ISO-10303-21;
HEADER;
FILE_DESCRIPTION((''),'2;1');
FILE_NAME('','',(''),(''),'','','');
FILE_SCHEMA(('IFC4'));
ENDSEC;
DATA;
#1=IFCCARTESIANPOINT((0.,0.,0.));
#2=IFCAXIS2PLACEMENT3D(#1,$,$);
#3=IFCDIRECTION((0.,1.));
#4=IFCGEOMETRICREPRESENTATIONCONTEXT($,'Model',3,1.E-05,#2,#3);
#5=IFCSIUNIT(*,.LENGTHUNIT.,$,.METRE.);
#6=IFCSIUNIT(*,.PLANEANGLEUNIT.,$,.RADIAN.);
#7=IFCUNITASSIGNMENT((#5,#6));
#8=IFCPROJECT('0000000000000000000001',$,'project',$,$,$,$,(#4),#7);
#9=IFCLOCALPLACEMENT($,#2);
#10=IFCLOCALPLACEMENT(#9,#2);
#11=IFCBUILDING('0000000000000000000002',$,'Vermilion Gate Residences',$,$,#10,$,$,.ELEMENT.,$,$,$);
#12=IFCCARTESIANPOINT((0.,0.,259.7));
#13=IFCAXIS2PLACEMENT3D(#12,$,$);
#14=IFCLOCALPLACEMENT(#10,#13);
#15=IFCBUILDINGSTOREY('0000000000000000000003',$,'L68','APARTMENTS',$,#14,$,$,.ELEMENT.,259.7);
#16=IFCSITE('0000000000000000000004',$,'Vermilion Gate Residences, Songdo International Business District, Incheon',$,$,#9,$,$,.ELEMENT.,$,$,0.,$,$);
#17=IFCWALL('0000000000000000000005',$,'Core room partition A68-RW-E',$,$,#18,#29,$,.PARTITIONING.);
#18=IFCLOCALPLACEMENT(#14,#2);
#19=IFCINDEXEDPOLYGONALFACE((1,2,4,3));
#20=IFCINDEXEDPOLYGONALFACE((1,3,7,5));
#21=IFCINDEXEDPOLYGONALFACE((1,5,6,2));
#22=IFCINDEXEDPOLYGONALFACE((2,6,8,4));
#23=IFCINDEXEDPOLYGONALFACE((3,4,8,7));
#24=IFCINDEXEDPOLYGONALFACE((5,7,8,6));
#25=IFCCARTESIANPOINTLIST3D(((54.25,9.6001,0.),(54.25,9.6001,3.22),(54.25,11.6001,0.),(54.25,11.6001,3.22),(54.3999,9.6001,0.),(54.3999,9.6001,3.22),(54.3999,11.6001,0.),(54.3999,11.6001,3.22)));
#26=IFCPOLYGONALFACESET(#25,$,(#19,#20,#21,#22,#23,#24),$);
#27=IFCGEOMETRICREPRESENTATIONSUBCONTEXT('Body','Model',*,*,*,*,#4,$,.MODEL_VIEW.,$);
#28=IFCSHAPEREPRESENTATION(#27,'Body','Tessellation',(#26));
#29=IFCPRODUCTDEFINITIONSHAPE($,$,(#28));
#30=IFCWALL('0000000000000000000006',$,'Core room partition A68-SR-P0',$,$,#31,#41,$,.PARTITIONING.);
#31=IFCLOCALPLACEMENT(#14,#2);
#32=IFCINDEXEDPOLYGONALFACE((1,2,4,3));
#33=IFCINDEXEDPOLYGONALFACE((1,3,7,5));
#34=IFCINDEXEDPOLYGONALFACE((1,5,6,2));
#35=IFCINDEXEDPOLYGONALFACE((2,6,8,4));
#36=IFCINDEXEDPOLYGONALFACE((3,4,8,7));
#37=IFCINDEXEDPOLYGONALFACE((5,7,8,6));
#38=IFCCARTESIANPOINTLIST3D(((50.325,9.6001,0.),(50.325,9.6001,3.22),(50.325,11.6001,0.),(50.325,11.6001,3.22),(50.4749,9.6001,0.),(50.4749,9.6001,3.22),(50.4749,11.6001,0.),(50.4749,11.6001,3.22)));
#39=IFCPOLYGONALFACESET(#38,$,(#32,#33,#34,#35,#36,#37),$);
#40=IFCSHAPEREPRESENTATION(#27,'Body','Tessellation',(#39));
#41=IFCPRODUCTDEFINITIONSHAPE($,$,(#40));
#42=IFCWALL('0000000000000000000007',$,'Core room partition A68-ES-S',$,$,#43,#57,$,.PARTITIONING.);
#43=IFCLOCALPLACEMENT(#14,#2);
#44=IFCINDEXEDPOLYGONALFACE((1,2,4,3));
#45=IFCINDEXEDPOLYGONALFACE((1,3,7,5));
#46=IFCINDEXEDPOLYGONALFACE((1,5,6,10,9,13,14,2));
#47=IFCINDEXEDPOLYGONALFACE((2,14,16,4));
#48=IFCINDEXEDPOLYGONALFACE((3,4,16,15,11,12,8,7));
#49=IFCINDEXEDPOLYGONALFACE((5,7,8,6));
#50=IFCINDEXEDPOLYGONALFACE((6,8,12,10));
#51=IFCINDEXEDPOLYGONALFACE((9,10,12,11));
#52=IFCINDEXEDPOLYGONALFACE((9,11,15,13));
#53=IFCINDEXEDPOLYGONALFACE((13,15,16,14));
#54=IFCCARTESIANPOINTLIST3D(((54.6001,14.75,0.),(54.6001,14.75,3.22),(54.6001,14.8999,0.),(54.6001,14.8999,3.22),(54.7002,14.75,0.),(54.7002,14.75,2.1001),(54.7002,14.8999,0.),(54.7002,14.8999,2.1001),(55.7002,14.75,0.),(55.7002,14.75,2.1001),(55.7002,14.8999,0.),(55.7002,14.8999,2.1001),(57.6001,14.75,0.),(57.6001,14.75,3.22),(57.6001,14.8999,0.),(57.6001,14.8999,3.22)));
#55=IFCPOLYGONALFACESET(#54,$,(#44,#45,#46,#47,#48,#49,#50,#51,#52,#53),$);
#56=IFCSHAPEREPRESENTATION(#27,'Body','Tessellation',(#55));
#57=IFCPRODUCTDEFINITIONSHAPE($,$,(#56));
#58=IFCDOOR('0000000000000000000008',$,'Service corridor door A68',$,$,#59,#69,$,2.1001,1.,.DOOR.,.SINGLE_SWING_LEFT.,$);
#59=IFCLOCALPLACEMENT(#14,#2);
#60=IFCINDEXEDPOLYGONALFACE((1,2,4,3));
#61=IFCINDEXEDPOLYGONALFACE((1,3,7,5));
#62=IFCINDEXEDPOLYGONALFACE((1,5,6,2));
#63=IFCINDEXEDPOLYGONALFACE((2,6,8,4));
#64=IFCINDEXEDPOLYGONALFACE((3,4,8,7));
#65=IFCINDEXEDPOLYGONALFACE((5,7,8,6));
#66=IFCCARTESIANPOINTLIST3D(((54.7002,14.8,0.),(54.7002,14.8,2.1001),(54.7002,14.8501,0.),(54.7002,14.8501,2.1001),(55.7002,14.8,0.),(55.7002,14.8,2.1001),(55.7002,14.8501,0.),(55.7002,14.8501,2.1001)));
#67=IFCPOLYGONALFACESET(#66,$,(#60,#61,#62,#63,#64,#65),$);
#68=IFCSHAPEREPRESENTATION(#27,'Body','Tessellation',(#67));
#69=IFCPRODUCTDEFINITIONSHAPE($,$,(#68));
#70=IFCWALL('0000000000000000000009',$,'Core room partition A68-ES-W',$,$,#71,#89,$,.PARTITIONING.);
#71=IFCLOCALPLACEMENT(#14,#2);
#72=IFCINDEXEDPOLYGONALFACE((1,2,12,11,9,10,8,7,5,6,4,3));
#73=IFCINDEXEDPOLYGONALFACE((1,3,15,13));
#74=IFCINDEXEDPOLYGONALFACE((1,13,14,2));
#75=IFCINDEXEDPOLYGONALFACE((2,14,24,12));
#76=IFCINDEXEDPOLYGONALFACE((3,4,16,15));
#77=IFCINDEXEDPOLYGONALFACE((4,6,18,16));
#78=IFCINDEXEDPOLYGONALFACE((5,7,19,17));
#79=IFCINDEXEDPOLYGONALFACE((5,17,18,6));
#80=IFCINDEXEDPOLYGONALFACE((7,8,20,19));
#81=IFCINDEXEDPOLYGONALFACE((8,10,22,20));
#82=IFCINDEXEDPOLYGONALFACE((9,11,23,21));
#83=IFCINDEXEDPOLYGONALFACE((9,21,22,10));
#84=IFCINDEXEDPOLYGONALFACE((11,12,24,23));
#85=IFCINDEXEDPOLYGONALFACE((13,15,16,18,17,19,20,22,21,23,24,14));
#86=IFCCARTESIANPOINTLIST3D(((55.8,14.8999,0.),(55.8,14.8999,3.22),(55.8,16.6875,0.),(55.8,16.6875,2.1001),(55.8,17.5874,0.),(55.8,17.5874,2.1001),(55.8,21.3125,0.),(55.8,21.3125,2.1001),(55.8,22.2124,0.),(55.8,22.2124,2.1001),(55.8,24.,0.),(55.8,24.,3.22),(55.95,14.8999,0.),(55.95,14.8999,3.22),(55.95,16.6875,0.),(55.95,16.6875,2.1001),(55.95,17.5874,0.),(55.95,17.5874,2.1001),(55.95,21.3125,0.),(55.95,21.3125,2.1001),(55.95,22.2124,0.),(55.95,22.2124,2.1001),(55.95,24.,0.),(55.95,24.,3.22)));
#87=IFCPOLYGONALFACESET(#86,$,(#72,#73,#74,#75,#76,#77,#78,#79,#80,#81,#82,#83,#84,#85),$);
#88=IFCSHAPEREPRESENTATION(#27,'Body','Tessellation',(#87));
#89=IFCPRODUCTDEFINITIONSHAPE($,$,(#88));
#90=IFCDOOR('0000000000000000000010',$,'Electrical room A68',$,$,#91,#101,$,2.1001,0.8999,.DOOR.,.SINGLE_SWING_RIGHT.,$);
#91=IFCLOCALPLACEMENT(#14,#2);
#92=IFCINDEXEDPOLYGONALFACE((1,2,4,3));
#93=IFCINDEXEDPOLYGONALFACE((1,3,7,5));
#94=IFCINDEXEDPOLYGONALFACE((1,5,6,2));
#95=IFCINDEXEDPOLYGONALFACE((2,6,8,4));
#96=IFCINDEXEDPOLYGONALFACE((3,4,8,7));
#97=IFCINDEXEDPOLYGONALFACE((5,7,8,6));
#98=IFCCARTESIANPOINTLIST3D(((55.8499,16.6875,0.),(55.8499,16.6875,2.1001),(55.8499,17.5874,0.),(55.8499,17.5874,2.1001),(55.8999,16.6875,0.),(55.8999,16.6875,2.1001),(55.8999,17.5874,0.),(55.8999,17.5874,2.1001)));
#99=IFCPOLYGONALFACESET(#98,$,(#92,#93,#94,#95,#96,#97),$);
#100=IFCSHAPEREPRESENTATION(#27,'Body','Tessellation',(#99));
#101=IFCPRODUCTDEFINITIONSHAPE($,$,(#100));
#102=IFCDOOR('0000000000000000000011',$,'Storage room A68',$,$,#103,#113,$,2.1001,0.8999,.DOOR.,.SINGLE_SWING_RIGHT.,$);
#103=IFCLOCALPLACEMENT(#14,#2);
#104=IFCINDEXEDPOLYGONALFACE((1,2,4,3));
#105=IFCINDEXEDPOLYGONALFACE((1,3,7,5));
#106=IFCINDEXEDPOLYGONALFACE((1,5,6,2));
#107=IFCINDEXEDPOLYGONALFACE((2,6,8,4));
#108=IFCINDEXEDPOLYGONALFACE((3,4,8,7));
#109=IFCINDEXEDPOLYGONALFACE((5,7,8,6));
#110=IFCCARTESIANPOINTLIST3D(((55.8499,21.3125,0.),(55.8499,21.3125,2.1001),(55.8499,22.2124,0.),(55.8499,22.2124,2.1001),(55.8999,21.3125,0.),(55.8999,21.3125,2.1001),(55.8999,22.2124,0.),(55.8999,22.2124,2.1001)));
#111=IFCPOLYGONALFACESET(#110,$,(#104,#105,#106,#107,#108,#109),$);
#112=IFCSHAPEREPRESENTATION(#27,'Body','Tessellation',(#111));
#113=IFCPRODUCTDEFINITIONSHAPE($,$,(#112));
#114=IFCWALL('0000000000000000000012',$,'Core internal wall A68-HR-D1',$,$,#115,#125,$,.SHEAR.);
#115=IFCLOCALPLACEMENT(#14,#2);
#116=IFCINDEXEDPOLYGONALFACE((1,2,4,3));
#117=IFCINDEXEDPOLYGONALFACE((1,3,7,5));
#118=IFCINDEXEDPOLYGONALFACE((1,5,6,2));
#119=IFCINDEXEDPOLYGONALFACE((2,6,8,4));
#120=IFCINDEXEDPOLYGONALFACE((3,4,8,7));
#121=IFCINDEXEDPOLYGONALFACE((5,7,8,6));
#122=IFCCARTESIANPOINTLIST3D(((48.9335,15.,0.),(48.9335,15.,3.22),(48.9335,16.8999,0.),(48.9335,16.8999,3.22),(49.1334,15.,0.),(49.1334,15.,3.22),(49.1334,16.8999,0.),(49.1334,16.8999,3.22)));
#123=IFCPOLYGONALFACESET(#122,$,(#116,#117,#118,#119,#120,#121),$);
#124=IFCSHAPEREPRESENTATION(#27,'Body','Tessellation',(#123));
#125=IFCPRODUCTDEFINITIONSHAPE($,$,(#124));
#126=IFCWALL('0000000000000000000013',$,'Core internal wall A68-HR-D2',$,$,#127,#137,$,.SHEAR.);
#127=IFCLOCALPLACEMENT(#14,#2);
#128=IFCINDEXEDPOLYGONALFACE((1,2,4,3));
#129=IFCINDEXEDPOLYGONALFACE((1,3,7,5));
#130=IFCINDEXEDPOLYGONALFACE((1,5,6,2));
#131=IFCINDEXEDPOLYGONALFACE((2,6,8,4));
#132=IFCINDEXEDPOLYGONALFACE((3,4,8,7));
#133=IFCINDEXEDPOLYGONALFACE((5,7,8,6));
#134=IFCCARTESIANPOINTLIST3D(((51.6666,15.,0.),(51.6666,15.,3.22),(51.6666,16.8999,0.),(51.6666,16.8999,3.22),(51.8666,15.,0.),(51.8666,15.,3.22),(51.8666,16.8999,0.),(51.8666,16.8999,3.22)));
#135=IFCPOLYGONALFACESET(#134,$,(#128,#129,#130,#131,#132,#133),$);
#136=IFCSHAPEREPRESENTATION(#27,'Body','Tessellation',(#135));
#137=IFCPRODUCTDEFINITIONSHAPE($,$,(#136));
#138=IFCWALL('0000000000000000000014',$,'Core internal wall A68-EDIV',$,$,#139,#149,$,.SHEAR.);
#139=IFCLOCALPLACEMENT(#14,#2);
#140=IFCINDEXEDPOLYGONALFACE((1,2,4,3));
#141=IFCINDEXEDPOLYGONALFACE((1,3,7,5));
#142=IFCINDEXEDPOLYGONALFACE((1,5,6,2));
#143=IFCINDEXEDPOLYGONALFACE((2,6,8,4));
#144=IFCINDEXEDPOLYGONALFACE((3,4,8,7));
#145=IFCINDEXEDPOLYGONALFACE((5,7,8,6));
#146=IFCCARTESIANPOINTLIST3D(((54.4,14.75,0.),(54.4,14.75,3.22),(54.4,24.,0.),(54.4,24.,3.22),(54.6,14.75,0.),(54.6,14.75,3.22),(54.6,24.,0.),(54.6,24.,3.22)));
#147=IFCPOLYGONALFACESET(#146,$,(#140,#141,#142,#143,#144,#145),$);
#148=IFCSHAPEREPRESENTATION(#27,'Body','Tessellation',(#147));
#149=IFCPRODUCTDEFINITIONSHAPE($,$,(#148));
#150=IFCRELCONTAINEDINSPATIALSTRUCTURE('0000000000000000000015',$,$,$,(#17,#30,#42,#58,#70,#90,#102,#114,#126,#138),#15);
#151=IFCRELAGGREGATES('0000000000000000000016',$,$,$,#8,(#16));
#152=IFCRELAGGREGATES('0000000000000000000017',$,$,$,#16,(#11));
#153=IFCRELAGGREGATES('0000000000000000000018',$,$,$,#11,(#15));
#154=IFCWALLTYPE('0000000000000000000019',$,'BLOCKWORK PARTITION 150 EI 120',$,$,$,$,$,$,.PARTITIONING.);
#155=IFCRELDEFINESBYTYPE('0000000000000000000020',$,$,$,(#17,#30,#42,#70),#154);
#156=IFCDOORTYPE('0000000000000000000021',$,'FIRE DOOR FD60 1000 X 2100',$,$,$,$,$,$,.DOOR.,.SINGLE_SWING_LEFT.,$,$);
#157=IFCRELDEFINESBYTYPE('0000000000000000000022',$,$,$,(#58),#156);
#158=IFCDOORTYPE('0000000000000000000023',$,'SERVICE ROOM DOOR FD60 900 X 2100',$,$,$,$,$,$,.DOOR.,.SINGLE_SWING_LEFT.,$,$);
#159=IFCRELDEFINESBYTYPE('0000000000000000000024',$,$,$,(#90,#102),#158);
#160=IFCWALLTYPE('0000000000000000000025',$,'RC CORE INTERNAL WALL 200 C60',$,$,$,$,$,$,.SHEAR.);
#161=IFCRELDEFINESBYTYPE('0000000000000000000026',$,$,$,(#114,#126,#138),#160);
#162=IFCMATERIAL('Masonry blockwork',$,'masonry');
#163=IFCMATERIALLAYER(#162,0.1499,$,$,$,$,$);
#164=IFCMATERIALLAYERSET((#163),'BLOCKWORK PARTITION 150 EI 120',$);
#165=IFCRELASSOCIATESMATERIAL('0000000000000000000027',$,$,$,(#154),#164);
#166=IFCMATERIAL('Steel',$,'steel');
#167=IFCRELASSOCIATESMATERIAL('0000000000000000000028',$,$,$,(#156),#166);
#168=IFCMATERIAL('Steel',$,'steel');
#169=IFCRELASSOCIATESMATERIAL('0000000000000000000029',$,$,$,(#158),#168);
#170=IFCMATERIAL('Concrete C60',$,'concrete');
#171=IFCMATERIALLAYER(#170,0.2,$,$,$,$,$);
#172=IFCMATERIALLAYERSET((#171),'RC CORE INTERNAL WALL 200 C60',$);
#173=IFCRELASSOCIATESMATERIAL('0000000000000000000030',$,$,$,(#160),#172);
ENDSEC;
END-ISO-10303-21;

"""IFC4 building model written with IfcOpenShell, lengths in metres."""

from ifc_helpers import new_model, si_unit, direction, frame, frame_2d, origin, place, context, subcontext, project, spatial, rectangle, extrude, material, layer, layer_set, type_object, element, fill, save


model = new_model("IFC4")

# Units and contexts
model_context = context("Model", 3, precision=1e-05, world=origin(), true_north=direction((0.0, 1.0)))
body_context = subcontext(model_context, "Body", "Model", "MODEL_VIEW")
ifc_project = project(units=[si_unit("LENGTHUNIT", "METRE"), si_unit("PLANEANGLEUNIT", "RADIAN")], contexts=[model_context])

# Site, building, storey
site_placement = place(None, origin())
site = spatial("IfcSite", under=ifc_project, at=site_placement, Name="Vermilion Gate Residences, Songdo International Business District, Incheon", CompositionType="ELEMENT", RefElevation=0.0)
building_placement = place(site_placement, origin())
building = spatial("IfcBuilding", under=site, at=building_placement, Name="Vermilion Gate Residences", CompositionType="ELEMENT")
storey_placement = place(building_placement, frame((0.0, 0.0, 259.7)))
storey = spatial("IfcBuildingStorey", under=building, at=storey_placement, Name="L68", Description="APARTMENTS", CompositionType="ELEMENT", Elevation=259.7)

# Walls
ifc_material_1 = material(Name="Masonry blockwork", Category="masonry")
ifc_layer_1 = layer(ifc_material_1, 0.1499)
ifc_layer_set_1 = layer_set([ifc_layer_1], Name="BLOCKWORK PARTITION 150 EI 120")
wall_type_1 = type_object("IfcWallType", Name="BLOCKWORK PARTITION 150 EI 120", PredefinedType="PARTITIONING", material=ifc_layer_set_1)
for number, where, z_axis, x_axis, name in (
    (1, (54.325, 9.6001, 0.0), (0.0, 0.0, 1.0), (0.0, 1.0, 0.0), "Core room partition A68-RW-E"),
    (2, (50.3999, 9.6001, 0.0), (0.0, 0.0, 1.0), (0.0, 1.0, 0.0), "Core room partition A68-SR-P0"),
):
    element("IfcWall", number, at=place(storey_placement, frame(where, z_axis=z_axis, x_axis=x_axis)), inside=storey, type_object=wall_type_1, Name=name, PredefinedType="PARTITIONING", context=body_context, shape_type="SweptSolid", body=[
        extrude(rectangle(XDim=2.0, YDim=0.1499, at=frame_2d((1.0, 0.0))), origin(), (0.0, 0.0, 1.0), 3.22),
    ])

# Wall, opening, door
wall_1_placement = place(storey_placement, frame((54.6001, 14.825, 0.0), z_axis=(0.0, 0.0, 1.0), x_axis=(1.0, 0.0, 0.0)))
wall_1 = element("IfcWall", 3, at=wall_1_placement, inside=storey, type_object=wall_type_1, Name="Core room partition A68-ES-S", PredefinedType="PARTITIONING", context=body_context, shape_type="SweptSolid", body=[
    extrude(rectangle(XDim=3.0, YDim=0.1499, at=frame_2d((1.5, 0.0))), origin(), (0.0, 0.0, 1.0), 3.22),
])
opening_1_placement = place(wall_1_placement, frame((0.1001, 0.0, 0.0)))
opening_1 = element("IfcOpeningElement", 4, at=opening_1_placement, cuts=wall_1, PredefinedType="OPENING", context=body_context, shape_type="SweptSolid", body=[
    extrude(rectangle(XDim=1.0, YDim=2.1001, at=frame_2d((0.5, 1.05))), frame((0.0, 0.085, 0.0), z_axis=(0.0, -1.0, 0.0), x_axis=(1.0, 0.0, 0.0)), (0.0, 0.0, 1.0), 0.1699),
])
ifc_material_2 = material(Name="Steel", Category="steel")
door_type_1 = type_object("IfcDoorType", Name="FIRE DOOR FD60 1000 X 2100", OperationType="SINGLE_SWING_LEFT", PredefinedType="DOOR", material=ifc_material_2)
door_1_placement = place(opening_1_placement, frame((1.0, 0.0, 0.0), z_axis=(0.0, 0.0, 1.0), x_axis=(-1.0, 0.0, 0.0)))
door_1 = element("IfcDoor", 5, at=door_1_placement, inside=storey, type_object=door_type_1, Name="Service corridor door A68", OperationType="SINGLE_SWING_LEFT", OverallHeight=2.1001, OverallWidth=1.0, PredefinedType="DOOR", context=body_context, shape_type="SweptSolid", body=[
    extrude(rectangle(XDim=1.0, YDim=2.1001, at=frame_2d((0.5, 1.05))), frame((0.0, 0.0249, 0.0), z_axis=(0.0, -1.0, 0.0), x_axis=(1.0, 0.0, 0.0)), (0.0, 0.0, 1.0), 0.05),
])
fill(opening_1, door_1)

# Wall, openings, doors
wall_2_placement = place(storey_placement, frame((55.875, 14.8999, 0.0), z_axis=(0.0, 0.0, 1.0), x_axis=(0.0, 1.0, 0.0)))
wall_2 = element("IfcWall", 6, at=wall_2_placement, inside=storey, type_object=wall_type_1, Name="Core room partition A68-ES-W", PredefinedType="PARTITIONING", context=body_context, shape_type="SweptSolid", body=[
    extrude(rectangle(XDim=9.1001, YDim=0.1499, at=frame_2d((4.55, 0.0))), origin(), (0.0, 0.0, 1.0), 3.22),
])
opening_2_placement = place(wall_2_placement, frame((1.7876, 0.0, 0.0)))
opening_2 = element("IfcOpeningElement", 7, at=opening_2_placement, cuts=wall_2, PredefinedType="OPENING", context=body_context, shape_type="SweptSolid", body=[
    extrude(rectangle(XDim=0.8999, YDim=2.1001, at=frame_2d((0.45, 1.05))), frame((0.0, 0.085, 0.0), z_axis=(0.0, -1.0, 0.0), x_axis=(1.0, 0.0, 0.0)), (0.0, 0.0, 1.0), 0.1699),
])
opening_3_placement = place(wall_2_placement, frame((6.4126, 0.0, 0.0)))
opening_3 = element("IfcOpeningElement", 8, at=opening_3_placement, cuts=wall_2, PredefinedType="OPENING", context=body_context, shape_type="SweptSolid", body=[
    extrude(rectangle(XDim=0.8999, YDim=2.1001, at=frame_2d((0.45, 1.05))), frame((0.0, 0.085, 0.0), z_axis=(0.0, -1.0, 0.0), x_axis=(1.0, 0.0, 0.0)), (0.0, 0.0, 1.0), 0.1699),
])
ifc_material_3 = material(Name="Steel", Category="steel")
door_type_2 = type_object("IfcDoorType", Name="SERVICE ROOM DOOR FD60 900 X 2100", OperationType="SINGLE_SWING_LEFT", PredefinedType="DOOR", material=ifc_material_3)
door_2_placement = place(opening_2_placement, frame((0.8999, 0.0, 0.0), z_axis=(0.0, 0.0, 1.0), x_axis=(-1.0, 0.0, 0.0)))
door_2 = element("IfcDoor", 9, at=door_2_placement, inside=storey, type_object=door_type_2, Name="Electrical room A68", OperationType="SINGLE_SWING_RIGHT", OverallHeight=2.1001, OverallWidth=0.8999, PredefinedType="DOOR", context=body_context, shape_type="SweptSolid", body=[
    extrude(rectangle(XDim=0.8999, YDim=2.1001, at=frame_2d((0.45, 1.05))), frame((0.0, 0.0249, 0.0), z_axis=(0.0, -1.0, 0.0), x_axis=(1.0, 0.0, 0.0)), (0.0, 0.0, 1.0), 0.05),
])
fill(opening_2, door_2)
door_3_placement = place(opening_3_placement, frame((0.8999, 0.0, 0.0), z_axis=(0.0, 0.0, 1.0), x_axis=(-1.0, 0.0, 0.0)))
door_3 = element("IfcDoor", 10, at=door_3_placement, inside=storey, type_object=door_type_2, Name="Storage room A68", OperationType="SINGLE_SWING_RIGHT", OverallHeight=2.1001, OverallWidth=0.8999, PredefinedType="DOOR", context=body_context, shape_type="SweptSolid", body=[
    extrude(rectangle(XDim=0.8999, YDim=2.1001, at=frame_2d((0.45, 1.05))), frame((0.0, 0.0249, 0.0), z_axis=(0.0, -1.0, 0.0), x_axis=(1.0, 0.0, 0.0)), (0.0, 0.0, 1.0), 0.05),
])
fill(opening_3, door_3)

# Walls
ifc_material_4 = material(Name="Concrete C60", Category="concrete")
ifc_layer_2 = layer(ifc_material_4, 0.2)
ifc_layer_set_2 = layer_set([ifc_layer_2], Name="RC CORE INTERNAL WALL 200 C60")
wall_type_2 = type_object("IfcWallType", Name="RC CORE INTERNAL WALL 200 C60", PredefinedType="SHEAR", material=ifc_layer_set_2)
for number, where, z_axis, x_axis, name in (
    (11, (49.0334, 15.0, 0.0), (0.0, 0.0, 1.0), (0.0, 1.0, 0.0), "Core internal wall A68-HR-D1"),
    (12, (51.7666, 15.0, 0.0), (0.0, 0.0, 1.0), (0.0, 1.0, 0.0), "Core internal wall A68-HR-D2"),
):
    element("IfcWall", number, at=place(storey_placement, frame(where, z_axis=z_axis, x_axis=x_axis)), inside=storey, type_object=wall_type_2, Name=name, PredefinedType="SHEAR", context=body_context, shape_type="SweptSolid", body=[
        extrude(rectangle(XDim=1.8999, YDim=0.2, at=frame_2d((0.95, 0.0))), origin(), (0.0, 0.0, 1.0), 3.22),
    ])
wall_3_placement = place(storey_placement, frame((54.5, 14.75, 0.0), z_axis=(0.0, 0.0, 1.0), x_axis=(0.0, 1.0, 0.0)))
element("IfcWall", 13, at=wall_3_placement, inside=storey, type_object=wall_type_2, Name="Core internal wall A68-EDIV", PredefinedType="SHEAR", context=body_context, shape_type="SweptSolid", body=[
    extrude(rectangle(XDim=9.25, YDim=0.2, at=frame_2d((4.625, 0.0))), origin(), (0.0, 0.0, 1.0), 3.22),
])

save(model, "model.ifc")
